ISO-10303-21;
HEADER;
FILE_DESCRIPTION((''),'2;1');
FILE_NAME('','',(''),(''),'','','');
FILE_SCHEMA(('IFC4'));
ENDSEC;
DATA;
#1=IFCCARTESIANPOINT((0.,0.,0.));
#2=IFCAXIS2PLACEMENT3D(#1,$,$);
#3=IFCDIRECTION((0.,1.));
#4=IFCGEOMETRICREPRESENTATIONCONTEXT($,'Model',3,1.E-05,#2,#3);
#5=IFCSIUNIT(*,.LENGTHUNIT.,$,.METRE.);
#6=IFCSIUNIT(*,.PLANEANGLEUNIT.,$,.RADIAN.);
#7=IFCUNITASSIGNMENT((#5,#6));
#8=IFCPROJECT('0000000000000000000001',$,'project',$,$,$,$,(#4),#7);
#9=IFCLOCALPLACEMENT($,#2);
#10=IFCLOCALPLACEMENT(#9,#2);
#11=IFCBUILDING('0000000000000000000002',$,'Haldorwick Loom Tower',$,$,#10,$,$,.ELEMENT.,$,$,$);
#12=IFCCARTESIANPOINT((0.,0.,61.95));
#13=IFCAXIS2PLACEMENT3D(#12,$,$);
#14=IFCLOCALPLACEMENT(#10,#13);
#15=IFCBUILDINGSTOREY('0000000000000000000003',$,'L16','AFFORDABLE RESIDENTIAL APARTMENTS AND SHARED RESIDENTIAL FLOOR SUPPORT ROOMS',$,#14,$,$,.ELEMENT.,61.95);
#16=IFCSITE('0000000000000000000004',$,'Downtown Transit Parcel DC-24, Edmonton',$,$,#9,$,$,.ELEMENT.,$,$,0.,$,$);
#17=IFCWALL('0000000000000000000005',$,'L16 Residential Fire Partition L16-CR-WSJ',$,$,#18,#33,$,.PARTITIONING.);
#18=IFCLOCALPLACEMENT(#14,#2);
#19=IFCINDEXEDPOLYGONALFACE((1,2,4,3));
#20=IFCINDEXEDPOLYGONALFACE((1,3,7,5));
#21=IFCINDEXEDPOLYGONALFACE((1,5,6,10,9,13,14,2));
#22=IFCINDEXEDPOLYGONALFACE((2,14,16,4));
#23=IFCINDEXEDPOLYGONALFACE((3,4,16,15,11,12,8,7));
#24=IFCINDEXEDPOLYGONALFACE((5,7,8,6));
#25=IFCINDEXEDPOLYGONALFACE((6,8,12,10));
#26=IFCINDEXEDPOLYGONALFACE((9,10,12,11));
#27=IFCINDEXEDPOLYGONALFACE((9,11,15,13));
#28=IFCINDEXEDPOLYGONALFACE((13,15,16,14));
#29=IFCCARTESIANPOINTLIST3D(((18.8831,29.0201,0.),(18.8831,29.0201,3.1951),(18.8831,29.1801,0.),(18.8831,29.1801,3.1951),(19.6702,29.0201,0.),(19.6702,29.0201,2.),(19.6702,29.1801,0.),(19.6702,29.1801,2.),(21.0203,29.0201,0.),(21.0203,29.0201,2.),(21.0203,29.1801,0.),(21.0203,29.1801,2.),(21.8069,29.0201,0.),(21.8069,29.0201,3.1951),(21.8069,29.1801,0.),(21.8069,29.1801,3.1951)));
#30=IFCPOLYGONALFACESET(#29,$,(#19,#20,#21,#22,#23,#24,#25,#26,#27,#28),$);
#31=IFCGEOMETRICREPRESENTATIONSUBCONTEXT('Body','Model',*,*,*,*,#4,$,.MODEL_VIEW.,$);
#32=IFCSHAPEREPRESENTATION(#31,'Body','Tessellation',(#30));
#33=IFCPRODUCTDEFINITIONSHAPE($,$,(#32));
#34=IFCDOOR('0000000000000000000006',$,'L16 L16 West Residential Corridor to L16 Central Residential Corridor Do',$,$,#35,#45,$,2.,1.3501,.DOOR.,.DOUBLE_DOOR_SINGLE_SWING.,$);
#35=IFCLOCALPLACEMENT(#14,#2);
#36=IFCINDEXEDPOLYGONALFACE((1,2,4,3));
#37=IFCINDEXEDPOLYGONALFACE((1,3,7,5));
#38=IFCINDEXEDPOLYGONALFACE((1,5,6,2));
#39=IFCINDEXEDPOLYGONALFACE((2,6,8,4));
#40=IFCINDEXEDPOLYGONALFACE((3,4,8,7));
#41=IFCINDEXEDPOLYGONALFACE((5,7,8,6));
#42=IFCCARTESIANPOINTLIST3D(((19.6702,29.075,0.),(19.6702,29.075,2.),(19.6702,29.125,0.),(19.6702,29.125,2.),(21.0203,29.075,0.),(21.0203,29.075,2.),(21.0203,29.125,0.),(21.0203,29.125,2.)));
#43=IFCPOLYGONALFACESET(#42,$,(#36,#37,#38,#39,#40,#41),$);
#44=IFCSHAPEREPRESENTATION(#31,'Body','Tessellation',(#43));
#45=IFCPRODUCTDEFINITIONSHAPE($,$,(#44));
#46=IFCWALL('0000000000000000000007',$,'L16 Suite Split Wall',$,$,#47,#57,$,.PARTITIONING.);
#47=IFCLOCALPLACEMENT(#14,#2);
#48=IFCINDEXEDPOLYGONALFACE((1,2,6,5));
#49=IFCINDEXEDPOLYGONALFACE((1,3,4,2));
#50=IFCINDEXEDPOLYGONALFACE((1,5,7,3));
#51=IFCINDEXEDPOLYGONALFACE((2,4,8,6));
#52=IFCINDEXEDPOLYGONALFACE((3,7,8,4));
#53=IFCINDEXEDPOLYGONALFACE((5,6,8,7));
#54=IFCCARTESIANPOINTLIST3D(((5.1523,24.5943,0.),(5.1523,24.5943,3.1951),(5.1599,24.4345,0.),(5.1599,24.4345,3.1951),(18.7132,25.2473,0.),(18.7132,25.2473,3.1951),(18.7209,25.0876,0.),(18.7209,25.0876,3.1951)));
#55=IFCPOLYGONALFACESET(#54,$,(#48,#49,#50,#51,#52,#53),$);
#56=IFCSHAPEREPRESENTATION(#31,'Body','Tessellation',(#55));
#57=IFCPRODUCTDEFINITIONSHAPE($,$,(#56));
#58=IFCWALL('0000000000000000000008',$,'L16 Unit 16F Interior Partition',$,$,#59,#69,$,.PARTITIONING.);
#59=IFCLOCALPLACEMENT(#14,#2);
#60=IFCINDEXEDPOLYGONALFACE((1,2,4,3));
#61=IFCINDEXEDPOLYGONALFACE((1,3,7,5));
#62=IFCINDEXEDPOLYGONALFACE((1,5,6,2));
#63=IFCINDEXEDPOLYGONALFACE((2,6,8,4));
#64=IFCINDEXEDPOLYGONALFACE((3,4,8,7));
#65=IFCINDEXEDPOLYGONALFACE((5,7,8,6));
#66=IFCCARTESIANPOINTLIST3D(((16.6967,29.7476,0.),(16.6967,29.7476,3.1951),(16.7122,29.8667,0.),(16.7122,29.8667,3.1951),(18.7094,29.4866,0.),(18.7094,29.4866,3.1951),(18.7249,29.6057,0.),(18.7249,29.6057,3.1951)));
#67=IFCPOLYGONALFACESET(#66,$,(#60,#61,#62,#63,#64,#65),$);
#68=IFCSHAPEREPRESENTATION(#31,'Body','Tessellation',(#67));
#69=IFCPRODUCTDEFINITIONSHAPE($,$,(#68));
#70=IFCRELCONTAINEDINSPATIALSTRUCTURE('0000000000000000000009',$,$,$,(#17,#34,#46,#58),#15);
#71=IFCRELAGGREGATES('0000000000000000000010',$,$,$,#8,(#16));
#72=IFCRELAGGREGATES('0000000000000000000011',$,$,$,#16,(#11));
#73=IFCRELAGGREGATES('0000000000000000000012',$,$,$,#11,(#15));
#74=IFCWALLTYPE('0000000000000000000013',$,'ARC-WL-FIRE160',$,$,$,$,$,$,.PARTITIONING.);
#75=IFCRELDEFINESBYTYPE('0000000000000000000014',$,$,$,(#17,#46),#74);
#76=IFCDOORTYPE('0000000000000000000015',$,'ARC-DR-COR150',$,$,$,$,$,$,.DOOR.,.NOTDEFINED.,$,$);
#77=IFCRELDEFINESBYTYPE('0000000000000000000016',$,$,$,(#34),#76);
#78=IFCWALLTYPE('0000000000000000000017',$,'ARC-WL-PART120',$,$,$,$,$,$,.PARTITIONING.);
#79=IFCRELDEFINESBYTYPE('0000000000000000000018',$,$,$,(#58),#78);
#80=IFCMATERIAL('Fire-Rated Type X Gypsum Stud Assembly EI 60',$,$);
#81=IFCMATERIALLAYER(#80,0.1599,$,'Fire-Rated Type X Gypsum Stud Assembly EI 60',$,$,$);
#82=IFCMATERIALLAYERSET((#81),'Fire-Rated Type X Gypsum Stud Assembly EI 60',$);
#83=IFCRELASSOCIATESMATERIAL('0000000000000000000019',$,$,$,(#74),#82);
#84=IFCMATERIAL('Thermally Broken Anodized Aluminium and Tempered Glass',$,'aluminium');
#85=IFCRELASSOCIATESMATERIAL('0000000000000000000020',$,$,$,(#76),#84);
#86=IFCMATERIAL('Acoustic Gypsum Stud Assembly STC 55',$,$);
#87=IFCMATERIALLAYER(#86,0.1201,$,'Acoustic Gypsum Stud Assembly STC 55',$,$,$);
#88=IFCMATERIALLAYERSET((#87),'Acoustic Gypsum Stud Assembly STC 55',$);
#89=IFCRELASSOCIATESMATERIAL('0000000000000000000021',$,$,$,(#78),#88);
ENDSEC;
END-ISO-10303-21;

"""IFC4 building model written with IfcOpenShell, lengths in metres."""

from ifc_helpers import new_model, si_unit, direction, frame, frame_2d, origin, place, context, subcontext, project, spatial, rectangle, extrude, material, layer, layer_set, type_object, element, fill, save


model = new_model("IFC4")

# Units and contexts
model_context = context("Model", 3, precision=1e-05, world=origin(), true_north=direction((0.0, 1.0)))
body_context = subcontext(model_context, "Body", "Model", "MODEL_VIEW")
ifc_project = project(units=[si_unit("LENGTHUNIT", "METRE"), si_unit("PLANEANGLEUNIT", "RADIAN")], contexts=[model_context])

# Site, building, storey
site_placement = place(None, origin())
site = spatial("IfcSite", under=ifc_project, at=site_placement, Name="Downtown Transit Parcel DC-24, Edmonton", CompositionType="ELEMENT", RefElevation=0.0)
building_placement = place(site_placement, origin())
building = spatial("IfcBuilding", under=site, at=building_placement, Name="Haldorwick Loom Tower", CompositionType="ELEMENT")
storey_placement = place(building_placement, frame((0.0, 0.0, 61.95)))
storey = spatial("IfcBuildingStorey", under=building, at=storey_placement, Name="L16", Description="AFFORDABLE RESIDENTIAL APARTMENTS AND SHARED RESIDENTIAL FLOOR SUPPORT ROOMS", CompositionType="ELEMENT", Elevation=61.95)

# Shared definitions
ifc_material_1 = material(Name="Fire-Rated Type X Gypsum Stud Assembly EI 60")
ifc_layer_1 = layer(ifc_material_1, 0.1599, Name="Fire-Rated Type X Gypsum Stud Assembly EI 60")
ifc_layer_set_1 = layer_set([ifc_layer_1], Name="Fire-Rated Type X Gypsum Stud Assembly EI 60")
wall_type_1 = type_object("IfcWallType", Name="ARC-WL-FIRE160", PredefinedType="PARTITIONING", material=ifc_layer_set_1)
ifc_material_2 = material(Name="Thermally Broken Anodized Aluminium and Tempered Glass", Category="aluminium")
door_type_1 = type_object("IfcDoorType", Name="ARC-DR-COR150", OperationType="NOTDEFINED", PredefinedType="DOOR", material=ifc_material_2)

# Wall, opening, door
wall_1_placement = place(storey_placement, frame((18.8831, 29.1001, 0.0), z_axis=(0.0, 0.0, 1.0), x_axis=(1.0, 0.0, 0.0)))
wall_1 = element("IfcWall", 1, at=wall_1_placement, inside=storey, type_object=wall_type_1, Name="L16 Residential Fire Partition L16-CR-WSJ", PredefinedType="PARTITIONING", context=body_context, shape_type="SweptSolid", body=[
    extrude(rectangle(XDim=2.9238, YDim=0.1599, at=frame_2d((1.4619, 0.0))), origin(), (0.0, 0.0, 1.0), 3.1951),
])
opening_1_placement = place(wall_1_placement, frame((0.7871, 0.0, 0.0)))
opening_1 = element("IfcOpeningElement", 2, at=opening_1_placement, cuts=wall_1, PredefinedType="OPENING", context=body_context, shape_type="SweptSolid", body=[
    extrude(rectangle(XDim=1.3501, YDim=2.0, at=frame_2d((0.675, 1.0))), frame((0.0, 0.0898, 0.0), z_axis=(0.0, -1.0, 0.0), x_axis=(1.0, 0.0, 0.0)), (0.0, 0.0, 1.0), 0.1799),
])
door_1_placement = place(opening_1_placement, origin())
door_1 = element("IfcDoor", 3, at=door_1_placement, inside=storey, type_object=door_type_1, Name="L16 L16 West Residential Corridor to L16 Central Residential Corridor Do", OperationType="DOUBLE_DOOR_SINGLE_SWING", OverallHeight=2.0, OverallWidth=1.3501, PredefinedType="DOOR", context=body_context, shape_type="SweptSolid", body=[
    extrude(rectangle(XDim=1.3501, YDim=2.0, at=frame_2d((0.675, 1.0))), frame((0.0, 0.0249, 0.0), z_axis=(0.0, -1.0, 0.0), x_axis=(1.0, 0.0, 0.0)), (0.0, 0.0, 1.0), 0.05),
])
fill(opening_1, door_1)

# Walls
wall_2_placement = place(storey_placement, frame((18.717, 25.1675, 0.0), z_axis=(0.0, 0.0, 1.0), x_axis=(-0.998842, -0.048103, 0.0)))
element("IfcWall", 4, at=wall_2_placement, inside=storey, type_object=wall_type_1, Name="L16 Suite Split Wall", PredefinedType="PARTITIONING", context=body_context, shape_type="SweptSolid", body=[
    extrude(rectangle(XDim=13.5767, YDim=0.1599, at=frame_2d((6.7883, 0.0))), origin(), (0.0, 0.0, 1.0), 3.1951),
])
ifc_material_3 = material(Name="Acoustic Gypsum Stud Assembly STC 55")
ifc_layer_2 = layer(ifc_material_3, 0.1201, Name="Acoustic Gypsum Stud Assembly STC 55")
ifc_layer_set_2 = layer_set([ifc_layer_2], Name="Acoustic Gypsum Stud Assembly STC 55")
wall_type_2 = type_object("IfcWallType", Name="ARC-WL-PART120", PredefinedType="PARTITIONING", material=ifc_layer_set_2)
wall_3_placement = place(storey_placement, frame((18.717, 29.5461, 0.0), z_axis=(0.0, 0.0, 1.0), x_axis=(-0.991697, 0.128593, 0.0)))
element("IfcWall", 5, at=wall_3_placement, inside=storey, type_object=wall_type_2, Name="L16 Unit 16F Interior Partition", PredefinedType="PARTITIONING", context=body_context, shape_type="SweptSolid", body=[
    extrude(rectangle(XDim=2.0295, YDim=0.1201, at=frame_2d((1.0146, 0.0))), origin(), (0.0, 0.0, 1.0), 3.1951),
])

save(model, "model.ifc")
